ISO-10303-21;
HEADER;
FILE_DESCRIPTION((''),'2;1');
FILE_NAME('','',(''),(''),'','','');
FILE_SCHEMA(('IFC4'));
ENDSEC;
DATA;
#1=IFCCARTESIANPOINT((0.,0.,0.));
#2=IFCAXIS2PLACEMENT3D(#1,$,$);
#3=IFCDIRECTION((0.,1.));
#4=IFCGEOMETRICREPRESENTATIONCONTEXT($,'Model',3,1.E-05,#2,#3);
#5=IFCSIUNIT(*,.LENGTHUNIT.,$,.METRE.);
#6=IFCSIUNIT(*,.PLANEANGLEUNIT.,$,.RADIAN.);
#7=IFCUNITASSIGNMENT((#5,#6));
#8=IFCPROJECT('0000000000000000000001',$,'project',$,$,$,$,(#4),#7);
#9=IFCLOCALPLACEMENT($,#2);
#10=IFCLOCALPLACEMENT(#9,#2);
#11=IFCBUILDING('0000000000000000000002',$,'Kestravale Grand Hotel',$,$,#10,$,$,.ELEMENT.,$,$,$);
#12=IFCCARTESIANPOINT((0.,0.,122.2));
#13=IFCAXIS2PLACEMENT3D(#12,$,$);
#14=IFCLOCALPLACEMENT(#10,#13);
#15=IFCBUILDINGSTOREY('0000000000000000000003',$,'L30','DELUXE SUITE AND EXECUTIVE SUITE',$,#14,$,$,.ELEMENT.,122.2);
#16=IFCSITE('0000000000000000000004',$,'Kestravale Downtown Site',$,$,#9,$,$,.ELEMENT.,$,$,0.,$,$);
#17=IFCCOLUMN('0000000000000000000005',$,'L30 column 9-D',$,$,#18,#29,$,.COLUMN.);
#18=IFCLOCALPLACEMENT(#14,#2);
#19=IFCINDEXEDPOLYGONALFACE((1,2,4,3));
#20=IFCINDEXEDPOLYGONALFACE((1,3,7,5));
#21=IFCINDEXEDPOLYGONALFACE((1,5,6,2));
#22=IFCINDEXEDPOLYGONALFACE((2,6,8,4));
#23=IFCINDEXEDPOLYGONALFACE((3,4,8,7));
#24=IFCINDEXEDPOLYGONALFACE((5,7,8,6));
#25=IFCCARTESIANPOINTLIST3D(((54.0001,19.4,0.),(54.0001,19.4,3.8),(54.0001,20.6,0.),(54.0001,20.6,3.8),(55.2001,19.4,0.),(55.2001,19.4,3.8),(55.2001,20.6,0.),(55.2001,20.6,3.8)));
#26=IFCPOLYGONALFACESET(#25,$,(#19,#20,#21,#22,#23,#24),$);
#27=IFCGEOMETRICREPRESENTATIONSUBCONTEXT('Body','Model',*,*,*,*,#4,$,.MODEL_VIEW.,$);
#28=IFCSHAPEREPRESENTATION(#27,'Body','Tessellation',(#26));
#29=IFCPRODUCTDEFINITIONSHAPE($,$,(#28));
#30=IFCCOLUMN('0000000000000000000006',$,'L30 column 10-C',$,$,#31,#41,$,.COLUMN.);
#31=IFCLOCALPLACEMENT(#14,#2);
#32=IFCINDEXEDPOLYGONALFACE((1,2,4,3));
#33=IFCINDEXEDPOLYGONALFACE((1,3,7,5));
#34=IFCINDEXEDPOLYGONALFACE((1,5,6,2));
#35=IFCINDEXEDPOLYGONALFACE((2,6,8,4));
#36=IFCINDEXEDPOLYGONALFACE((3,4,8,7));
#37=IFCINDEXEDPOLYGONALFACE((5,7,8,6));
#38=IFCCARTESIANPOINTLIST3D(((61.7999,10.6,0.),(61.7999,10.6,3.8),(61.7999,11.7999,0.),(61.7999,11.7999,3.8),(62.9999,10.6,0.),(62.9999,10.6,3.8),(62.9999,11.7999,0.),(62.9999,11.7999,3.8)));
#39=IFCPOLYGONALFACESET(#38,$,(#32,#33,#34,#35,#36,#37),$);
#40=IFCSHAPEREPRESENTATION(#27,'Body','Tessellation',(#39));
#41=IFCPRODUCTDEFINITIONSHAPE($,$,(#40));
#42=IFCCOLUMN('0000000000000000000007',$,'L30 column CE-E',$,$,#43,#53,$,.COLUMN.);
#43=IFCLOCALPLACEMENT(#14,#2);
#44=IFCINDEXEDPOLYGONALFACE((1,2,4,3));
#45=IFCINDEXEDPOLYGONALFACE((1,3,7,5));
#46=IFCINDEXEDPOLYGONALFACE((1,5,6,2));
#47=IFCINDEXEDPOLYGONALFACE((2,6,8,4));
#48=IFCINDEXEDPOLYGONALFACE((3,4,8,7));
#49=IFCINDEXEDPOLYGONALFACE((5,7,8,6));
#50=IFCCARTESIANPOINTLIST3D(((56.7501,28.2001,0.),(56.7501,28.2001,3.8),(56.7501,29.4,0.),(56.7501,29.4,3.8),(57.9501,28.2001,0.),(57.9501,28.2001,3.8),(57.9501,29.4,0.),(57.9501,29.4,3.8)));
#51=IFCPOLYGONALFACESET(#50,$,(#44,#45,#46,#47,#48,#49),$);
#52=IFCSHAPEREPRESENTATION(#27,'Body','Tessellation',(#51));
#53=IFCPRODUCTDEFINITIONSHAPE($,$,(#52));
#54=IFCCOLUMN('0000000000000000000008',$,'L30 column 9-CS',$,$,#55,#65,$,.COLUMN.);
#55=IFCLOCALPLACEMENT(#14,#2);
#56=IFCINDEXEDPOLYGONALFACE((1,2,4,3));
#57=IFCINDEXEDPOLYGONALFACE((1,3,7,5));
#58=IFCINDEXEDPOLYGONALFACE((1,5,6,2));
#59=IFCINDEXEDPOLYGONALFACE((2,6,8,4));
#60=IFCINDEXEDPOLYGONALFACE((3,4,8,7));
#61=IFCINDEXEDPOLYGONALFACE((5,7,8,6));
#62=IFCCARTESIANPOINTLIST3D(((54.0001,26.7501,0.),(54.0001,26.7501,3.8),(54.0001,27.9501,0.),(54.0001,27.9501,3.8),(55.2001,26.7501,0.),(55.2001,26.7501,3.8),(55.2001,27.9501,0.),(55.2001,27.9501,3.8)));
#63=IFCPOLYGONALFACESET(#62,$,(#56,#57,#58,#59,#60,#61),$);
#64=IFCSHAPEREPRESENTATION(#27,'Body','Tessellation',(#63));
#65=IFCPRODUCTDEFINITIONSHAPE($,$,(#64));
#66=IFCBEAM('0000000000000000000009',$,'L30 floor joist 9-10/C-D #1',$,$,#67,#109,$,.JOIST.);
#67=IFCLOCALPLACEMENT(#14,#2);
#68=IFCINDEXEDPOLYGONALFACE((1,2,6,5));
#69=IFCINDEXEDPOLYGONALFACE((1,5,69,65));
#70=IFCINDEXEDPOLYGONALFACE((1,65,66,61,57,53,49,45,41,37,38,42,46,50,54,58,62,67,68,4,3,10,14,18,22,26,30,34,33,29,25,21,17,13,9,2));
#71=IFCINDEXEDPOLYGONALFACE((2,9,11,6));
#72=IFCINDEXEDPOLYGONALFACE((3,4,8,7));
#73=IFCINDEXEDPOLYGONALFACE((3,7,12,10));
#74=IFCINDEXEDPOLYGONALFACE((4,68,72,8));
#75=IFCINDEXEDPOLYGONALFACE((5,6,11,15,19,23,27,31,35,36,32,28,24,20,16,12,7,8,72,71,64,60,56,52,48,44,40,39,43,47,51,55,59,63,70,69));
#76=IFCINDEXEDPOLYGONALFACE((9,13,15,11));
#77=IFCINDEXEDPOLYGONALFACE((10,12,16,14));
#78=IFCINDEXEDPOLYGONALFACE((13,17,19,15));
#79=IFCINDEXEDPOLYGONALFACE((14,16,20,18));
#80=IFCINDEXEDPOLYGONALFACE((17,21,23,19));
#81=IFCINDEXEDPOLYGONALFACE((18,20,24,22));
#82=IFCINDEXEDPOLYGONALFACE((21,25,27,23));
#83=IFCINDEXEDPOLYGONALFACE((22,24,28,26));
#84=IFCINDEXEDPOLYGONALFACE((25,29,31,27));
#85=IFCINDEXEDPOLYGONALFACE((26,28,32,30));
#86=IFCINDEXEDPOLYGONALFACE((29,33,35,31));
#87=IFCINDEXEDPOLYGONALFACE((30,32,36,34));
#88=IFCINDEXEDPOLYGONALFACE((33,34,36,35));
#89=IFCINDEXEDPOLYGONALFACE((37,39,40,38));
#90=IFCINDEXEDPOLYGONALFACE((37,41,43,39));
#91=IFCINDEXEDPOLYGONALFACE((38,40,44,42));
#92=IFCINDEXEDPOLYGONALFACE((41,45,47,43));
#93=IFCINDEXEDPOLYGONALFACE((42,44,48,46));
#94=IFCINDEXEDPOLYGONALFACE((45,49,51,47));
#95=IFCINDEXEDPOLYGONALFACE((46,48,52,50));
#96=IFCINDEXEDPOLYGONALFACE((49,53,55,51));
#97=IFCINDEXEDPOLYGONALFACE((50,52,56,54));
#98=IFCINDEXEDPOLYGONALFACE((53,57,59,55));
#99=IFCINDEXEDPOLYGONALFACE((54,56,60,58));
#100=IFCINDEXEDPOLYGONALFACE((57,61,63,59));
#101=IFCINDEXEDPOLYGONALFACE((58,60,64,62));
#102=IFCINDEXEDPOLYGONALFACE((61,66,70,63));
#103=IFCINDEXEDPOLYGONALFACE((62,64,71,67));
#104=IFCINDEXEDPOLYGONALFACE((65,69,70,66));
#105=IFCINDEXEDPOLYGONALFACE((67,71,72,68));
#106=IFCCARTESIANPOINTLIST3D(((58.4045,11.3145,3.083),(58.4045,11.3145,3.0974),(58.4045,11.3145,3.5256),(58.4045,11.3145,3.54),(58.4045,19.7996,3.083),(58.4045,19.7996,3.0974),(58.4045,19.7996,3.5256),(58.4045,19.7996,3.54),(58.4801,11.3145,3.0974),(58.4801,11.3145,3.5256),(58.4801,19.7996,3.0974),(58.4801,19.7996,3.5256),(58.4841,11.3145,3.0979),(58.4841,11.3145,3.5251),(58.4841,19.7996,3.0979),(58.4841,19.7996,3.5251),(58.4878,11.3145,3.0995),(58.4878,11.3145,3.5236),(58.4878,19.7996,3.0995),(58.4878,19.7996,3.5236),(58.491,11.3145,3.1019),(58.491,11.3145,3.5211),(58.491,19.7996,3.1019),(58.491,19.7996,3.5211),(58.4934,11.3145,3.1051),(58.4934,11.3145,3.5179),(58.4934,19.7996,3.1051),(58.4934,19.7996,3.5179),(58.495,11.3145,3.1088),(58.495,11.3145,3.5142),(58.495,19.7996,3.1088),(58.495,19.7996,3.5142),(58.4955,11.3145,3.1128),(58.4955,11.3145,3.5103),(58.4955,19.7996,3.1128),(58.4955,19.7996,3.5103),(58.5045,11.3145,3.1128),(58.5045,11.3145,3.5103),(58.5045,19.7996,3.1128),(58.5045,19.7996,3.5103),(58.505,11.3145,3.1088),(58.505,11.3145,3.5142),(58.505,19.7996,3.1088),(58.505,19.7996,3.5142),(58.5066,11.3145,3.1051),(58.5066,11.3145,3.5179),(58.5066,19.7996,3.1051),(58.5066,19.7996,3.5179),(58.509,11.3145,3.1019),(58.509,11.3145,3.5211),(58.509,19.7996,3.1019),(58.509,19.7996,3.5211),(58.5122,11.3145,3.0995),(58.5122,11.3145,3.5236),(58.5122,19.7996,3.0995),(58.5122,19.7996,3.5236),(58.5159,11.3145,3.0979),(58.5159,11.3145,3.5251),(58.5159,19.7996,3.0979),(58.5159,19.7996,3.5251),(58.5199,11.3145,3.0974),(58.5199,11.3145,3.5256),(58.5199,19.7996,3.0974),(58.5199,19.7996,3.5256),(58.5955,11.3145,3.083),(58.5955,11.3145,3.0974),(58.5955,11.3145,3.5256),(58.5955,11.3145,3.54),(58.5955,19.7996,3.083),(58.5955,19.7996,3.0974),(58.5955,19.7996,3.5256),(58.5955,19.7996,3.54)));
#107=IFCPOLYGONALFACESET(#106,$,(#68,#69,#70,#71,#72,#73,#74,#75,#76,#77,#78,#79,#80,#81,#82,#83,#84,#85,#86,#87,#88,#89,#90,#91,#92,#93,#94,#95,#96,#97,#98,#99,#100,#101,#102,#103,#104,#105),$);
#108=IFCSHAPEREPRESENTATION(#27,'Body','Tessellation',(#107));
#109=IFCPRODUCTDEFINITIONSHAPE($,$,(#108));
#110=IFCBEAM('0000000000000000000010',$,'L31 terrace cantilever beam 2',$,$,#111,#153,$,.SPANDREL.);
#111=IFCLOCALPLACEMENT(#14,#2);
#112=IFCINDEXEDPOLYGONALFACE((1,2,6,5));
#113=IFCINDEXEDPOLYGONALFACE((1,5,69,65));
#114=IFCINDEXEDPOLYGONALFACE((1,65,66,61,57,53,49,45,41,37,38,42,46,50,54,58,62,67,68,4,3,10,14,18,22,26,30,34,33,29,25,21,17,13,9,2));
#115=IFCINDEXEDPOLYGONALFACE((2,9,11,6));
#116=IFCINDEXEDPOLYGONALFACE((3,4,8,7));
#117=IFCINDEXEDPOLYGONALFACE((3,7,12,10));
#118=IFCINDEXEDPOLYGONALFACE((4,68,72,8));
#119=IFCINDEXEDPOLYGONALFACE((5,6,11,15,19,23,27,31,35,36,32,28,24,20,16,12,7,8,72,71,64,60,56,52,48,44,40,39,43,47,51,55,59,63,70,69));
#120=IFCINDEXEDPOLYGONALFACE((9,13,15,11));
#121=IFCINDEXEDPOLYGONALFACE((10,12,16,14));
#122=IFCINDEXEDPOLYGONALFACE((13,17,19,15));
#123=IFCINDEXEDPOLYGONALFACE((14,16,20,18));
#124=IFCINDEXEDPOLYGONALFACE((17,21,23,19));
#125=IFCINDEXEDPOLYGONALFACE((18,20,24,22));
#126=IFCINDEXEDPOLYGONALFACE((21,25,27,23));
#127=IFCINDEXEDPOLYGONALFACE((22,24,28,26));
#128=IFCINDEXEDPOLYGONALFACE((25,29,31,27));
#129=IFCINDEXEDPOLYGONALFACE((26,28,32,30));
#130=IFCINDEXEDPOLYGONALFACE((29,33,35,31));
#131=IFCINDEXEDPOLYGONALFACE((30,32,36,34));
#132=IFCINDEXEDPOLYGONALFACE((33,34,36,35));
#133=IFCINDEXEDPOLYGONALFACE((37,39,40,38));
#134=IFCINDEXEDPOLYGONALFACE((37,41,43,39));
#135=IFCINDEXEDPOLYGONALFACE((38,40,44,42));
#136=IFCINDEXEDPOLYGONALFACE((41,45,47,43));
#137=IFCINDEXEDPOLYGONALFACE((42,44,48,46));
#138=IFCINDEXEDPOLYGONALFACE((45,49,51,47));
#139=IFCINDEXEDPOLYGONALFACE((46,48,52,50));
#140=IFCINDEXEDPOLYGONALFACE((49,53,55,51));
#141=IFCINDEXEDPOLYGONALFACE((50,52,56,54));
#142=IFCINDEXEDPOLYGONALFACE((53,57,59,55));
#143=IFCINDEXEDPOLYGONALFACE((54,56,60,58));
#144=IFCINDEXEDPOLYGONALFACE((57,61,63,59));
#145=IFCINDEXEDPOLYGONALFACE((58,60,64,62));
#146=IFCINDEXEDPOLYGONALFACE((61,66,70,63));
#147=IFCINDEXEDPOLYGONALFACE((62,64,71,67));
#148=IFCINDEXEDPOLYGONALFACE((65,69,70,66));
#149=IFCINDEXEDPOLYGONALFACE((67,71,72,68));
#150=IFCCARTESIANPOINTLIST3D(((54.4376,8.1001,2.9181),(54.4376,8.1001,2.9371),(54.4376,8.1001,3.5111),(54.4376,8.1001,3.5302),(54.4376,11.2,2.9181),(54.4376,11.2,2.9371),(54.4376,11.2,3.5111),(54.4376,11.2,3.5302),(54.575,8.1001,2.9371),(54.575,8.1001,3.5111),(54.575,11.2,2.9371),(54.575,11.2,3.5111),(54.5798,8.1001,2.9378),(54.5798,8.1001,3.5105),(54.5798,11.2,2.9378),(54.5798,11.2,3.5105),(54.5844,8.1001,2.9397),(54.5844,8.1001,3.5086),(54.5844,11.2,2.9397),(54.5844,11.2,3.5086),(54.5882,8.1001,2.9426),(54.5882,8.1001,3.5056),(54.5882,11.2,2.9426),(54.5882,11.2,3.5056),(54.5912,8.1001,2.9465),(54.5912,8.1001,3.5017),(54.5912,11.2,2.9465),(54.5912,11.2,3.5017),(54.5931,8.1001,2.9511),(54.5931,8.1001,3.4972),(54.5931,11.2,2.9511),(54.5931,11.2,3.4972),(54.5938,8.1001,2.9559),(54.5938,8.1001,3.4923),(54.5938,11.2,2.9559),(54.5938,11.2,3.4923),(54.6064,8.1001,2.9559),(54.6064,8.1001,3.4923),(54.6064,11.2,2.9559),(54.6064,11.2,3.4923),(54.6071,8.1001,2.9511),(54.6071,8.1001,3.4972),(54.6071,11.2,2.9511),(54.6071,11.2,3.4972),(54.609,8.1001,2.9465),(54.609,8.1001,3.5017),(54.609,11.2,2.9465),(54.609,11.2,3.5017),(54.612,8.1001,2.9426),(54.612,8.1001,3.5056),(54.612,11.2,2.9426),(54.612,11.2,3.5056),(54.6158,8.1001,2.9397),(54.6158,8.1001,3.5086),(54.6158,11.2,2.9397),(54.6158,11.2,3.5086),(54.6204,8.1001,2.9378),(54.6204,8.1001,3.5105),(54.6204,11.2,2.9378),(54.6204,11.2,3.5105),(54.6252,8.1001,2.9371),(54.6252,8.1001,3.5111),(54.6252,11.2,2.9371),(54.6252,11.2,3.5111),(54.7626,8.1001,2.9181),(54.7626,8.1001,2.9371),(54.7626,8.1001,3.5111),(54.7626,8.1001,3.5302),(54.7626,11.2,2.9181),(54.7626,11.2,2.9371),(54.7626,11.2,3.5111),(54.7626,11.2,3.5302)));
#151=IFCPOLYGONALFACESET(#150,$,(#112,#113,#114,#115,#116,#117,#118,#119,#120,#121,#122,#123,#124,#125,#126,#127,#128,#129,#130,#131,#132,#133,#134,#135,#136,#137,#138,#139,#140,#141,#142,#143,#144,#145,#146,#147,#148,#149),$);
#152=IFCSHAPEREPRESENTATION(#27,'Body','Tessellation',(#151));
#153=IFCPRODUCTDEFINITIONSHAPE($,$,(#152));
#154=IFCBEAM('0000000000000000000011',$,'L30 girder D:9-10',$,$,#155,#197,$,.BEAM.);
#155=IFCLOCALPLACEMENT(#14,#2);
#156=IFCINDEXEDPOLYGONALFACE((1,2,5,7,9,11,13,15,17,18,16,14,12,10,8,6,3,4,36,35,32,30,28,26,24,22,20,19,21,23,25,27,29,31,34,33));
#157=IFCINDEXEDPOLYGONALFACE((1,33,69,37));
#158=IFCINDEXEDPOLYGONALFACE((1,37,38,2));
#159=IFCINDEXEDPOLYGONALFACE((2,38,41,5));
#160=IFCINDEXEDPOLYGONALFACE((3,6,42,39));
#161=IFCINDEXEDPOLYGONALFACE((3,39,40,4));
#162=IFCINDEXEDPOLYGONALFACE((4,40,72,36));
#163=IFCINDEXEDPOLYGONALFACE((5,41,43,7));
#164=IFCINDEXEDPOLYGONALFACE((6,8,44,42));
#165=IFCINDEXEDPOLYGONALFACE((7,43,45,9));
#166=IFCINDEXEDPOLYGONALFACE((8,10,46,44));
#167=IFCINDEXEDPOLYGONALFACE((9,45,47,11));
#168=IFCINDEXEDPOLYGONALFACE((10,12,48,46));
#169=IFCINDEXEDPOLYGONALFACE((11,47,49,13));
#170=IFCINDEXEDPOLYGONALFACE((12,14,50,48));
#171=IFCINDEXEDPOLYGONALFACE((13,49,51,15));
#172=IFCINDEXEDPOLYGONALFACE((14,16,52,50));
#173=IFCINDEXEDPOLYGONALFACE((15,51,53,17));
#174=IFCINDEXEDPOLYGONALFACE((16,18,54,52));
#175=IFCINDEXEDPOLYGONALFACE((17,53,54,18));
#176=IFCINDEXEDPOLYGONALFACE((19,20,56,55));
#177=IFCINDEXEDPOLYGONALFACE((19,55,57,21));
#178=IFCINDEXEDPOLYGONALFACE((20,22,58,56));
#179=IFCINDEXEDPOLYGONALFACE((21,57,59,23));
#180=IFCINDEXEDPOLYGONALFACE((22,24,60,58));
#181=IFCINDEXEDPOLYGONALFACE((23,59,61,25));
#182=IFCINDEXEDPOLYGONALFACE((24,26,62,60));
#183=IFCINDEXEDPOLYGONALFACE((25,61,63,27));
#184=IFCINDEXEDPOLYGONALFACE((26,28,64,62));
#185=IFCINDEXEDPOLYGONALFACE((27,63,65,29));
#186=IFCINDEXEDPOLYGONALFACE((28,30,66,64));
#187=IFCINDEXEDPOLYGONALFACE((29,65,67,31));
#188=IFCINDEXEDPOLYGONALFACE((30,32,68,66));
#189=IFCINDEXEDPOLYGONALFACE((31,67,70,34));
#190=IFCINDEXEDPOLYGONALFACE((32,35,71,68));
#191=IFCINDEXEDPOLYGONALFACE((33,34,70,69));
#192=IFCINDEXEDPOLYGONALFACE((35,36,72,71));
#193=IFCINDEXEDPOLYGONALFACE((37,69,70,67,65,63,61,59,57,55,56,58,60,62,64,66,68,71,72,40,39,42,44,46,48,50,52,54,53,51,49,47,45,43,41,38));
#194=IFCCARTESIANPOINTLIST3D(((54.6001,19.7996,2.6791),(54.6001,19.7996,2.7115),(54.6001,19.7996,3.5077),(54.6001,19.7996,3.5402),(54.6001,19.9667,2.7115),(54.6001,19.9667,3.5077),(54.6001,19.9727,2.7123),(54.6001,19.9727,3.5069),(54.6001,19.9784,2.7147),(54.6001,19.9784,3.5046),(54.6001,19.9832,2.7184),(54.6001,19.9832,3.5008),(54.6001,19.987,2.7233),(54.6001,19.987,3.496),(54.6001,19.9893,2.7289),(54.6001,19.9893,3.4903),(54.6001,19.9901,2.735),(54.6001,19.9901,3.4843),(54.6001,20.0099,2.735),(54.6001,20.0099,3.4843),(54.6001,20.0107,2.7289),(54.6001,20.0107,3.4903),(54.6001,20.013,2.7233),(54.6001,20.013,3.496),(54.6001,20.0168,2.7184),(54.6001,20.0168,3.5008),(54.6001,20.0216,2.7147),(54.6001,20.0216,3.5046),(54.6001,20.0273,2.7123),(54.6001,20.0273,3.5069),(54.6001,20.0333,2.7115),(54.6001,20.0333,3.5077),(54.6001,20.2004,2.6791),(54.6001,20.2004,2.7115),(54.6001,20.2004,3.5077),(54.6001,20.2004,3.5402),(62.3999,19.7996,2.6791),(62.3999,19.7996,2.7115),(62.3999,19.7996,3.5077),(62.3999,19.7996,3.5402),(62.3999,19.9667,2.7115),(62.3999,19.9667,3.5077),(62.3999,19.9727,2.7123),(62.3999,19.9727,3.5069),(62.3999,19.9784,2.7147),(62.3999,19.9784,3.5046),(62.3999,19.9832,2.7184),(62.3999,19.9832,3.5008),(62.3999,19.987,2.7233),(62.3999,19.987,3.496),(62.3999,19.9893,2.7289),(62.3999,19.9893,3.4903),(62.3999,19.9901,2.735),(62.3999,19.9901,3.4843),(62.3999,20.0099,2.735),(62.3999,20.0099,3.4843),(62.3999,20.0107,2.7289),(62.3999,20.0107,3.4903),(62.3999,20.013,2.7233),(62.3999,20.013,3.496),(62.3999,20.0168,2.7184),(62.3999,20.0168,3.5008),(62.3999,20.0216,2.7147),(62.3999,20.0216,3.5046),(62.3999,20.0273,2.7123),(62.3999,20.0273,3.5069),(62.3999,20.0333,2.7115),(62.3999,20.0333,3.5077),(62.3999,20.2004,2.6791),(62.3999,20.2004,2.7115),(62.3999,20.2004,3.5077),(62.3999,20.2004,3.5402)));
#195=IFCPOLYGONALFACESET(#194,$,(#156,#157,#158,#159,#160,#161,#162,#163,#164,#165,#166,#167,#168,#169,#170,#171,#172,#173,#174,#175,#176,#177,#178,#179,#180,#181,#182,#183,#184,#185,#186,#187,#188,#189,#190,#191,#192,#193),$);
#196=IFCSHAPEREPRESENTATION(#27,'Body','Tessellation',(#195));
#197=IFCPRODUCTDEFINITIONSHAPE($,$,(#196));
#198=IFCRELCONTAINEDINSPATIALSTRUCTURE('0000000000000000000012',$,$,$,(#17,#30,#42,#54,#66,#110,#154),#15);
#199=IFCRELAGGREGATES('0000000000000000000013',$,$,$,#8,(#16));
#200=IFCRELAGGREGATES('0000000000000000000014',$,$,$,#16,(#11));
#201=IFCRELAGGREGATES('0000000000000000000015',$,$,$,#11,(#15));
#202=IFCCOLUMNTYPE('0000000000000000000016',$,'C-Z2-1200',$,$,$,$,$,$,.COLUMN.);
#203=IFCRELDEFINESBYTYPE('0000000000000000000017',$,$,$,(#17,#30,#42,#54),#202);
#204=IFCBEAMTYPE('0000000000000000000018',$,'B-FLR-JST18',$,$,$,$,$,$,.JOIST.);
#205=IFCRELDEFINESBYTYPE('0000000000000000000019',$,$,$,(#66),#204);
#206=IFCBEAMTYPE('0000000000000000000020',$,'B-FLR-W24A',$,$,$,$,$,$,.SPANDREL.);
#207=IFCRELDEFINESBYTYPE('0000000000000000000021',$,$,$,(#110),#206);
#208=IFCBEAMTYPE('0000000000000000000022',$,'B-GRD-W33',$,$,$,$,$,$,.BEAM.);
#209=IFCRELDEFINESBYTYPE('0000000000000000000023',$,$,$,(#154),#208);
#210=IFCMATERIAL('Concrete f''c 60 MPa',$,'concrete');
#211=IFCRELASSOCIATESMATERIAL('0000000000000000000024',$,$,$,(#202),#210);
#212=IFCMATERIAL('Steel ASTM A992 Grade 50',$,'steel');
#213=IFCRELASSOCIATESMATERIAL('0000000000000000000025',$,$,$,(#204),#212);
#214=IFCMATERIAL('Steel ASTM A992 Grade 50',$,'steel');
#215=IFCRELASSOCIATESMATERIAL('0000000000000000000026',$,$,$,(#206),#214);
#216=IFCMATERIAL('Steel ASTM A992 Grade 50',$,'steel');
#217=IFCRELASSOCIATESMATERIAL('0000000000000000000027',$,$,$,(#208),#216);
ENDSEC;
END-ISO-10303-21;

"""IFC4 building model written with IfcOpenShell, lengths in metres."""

from ifc_helpers import new_model, si_unit, direction, frame, origin, origin_2d, place, context, subcontext, project, spatial, rectangle, i_section, extrude, material, material_profile, profile_set, type_object, element, save


model = new_model("IFC4")

# Units and contexts
model_context = context("Model", 3, precision=1e-05, world=origin(), true_north=direction((0.0, 1.0)))
body_context = subcontext(model_context, "Body", "Model", "MODEL_VIEW")
ifc_project = project(units=[si_unit("LENGTHUNIT", "METRE"), si_unit("PLANEANGLEUNIT", "RADIAN")], contexts=[model_context])

# Site, building, storey
site_placement = place(None, origin())
site = spatial("IfcSite", under=ifc_project, at=site_placement, Name="Kestravale Downtown Site", CompositionType="ELEMENT", RefElevation=0.0)
building_placement = place(site_placement, origin())
building = spatial("IfcBuilding", under=site, at=building_placement, Name="Kestravale Grand Hotel", CompositionType="ELEMENT")
storey_placement = place(building_placement, frame((0.0, 0.0, 122.2)))
storey = spatial("IfcBuildingStorey", under=building, at=storey_placement, Name="L30", Description="DELUXE SUITE AND EXECUTIVE SUITE", CompositionType="ELEMENT", Elevation=122.2)

# Columns
ifc_material_1 = material(Name="Concrete f'c 60 MPa", Category="concrete")
ifc_material_profile_1 = material_profile(ifc_material_1, rectangle(XDim=1.2, YDim=1.2, at=origin_2d()))
ifc_profile_set_1 = profile_set([ifc_material_profile_1], Name="Concrete f'c 60 MPa")
column_type = type_object("IfcColumnType", Name="C-Z2-1200", PredefinedType="COLUMN", material=ifc_profile_set_1)
for number, where, z_axis, x_axis, name in (
    (1, (54.6001, 20.0, 0.0), (0.0, 0.0, 1.0), (1.0, 0.0, 0.0), "L30 column 9-D"),
    (2, (62.3999, 11.2, 0.0), (0.0, 0.0, 1.0), (1.0, 0.0, 0.0), "L30 column 10-C"),
    (3, (57.3501, 28.8, 0.0), (0.0, 0.0, 1.0), (1.0, 0.0, 0.0), "L30 column CE-E"),
    (4, (54.6001, 27.3501, 0.0), (0.0, 0.0, 1.0), (1.0, 0.0, 0.0), "L30 column 9-CS"),
):
    element("IfcColumn", number, at=place(storey_placement, frame(where, z_axis=z_axis, x_axis=x_axis)), inside=storey, type_object=column_type, Name=name, PredefinedType="COLUMN", context=body_context, shape_type="SweptSolid", body=[
        extrude(rectangle(XDim=1.2, YDim=1.2, at=origin_2d()), origin(), (0.0, 0.0, 1.0), 3.8),
    ])

# Beams
ifc_material_2 = material(Name="Steel ASTM A992 Grade 50", Category="steel")
ifc_material_profile_2 = material_profile(ifc_material_2, i_section(OverallWidth=0.1909, OverallDepth=0.457, WebThickness=0.009, FlangeThickness=0.0144, FilletRadius=0.0154, at=origin_2d()))
ifc_profile_set_2 = profile_set([ifc_material_profile_2], Name="Steel ASTM A992 Grade 50")
beam_type_1 = type_object("IfcBeamType", Name="B-FLR-JST18", PredefinedType="JOIST", material=ifc_profile_set_2)
beam_1_placement = place(storey_placement, frame((58.5, 11.3145, 3.3115), z_axis=(0.0, 1.0, 0.0), x_axis=(-1.0, 0.0, 0.0)))
element("IfcBeam", 5, at=beam_1_placement, inside=storey, type_object=beam_type_1, Name="L30 floor joist 9-10/C-D #1", PredefinedType="JOIST", context=body_context, shape_type="SweptSolid", body=[
    extrude(i_section(OverallWidth=0.1909, OverallDepth=0.457, WebThickness=0.009, FlangeThickness=0.0144, FilletRadius=0.0154, at=origin_2d()), origin(), (0.0, 0.0, 1.0), 8.4851),
])
ifc_material_3 = material(Name="Steel ASTM A992 Grade 50", Category="steel")
ifc_material_profile_3 = material_profile(ifc_material_3, i_section(OverallWidth=0.325, OverallDepth=0.6121, WebThickness=0.0127, FlangeThickness=0.019, FilletRadius=0.0188, at=origin_2d()))
ifc_profile_set_3 = profile_set([ifc_material_profile_3], Name="Steel ASTM A992 Grade 50")
beam_type_2 = type_object("IfcBeamType", Name="B-FLR-W24A", PredefinedType="SPANDREL", material=ifc_profile_set_3)
beam_2_placement = place(storey_placement, frame((54.6001, 11.2, 3.2241), z_axis=(0.0, -1.0, 0.0), x_axis=(1.0, 0.0, 0.0)))
element("IfcBeam", 6, at=beam_2_placement, inside=storey, type_object=beam_type_2, Name="L31 terrace cantilever beam 2", PredefinedType="SPANDREL", context=body_context, shape_type="SweptSolid", body=[
    extrude(i_section(OverallWidth=0.325, OverallDepth=0.6121, WebThickness=0.0127, FlangeThickness=0.019, FilletRadius=0.0188, at=origin_2d()), origin(), (0.0, 0.0, 1.0), 3.0999),
])
ifc_material_4 = material(Name="Steel ASTM A992 Grade 50", Category="steel")
ifc_material_profile_4 = material_profile(ifc_material_4, i_section(OverallWidth=0.4009, OverallDepth=0.8611, WebThickness=0.0198, FlangeThickness=0.0325, FilletRadius=0.0234, at=origin_2d()))
ifc_profile_set_4 = profile_set([ifc_material_profile_4], Name="Steel ASTM A992 Grade 50")
beam_type_3 = type_object("IfcBeamType", Name="B-GRD-W33", PredefinedType="BEAM", material=ifc_profile_set_4)
beam_3_placement = place(storey_placement, frame((54.6001, 20.0, 3.1096), z_axis=(1.0, 0.0, 0.0), x_axis=(0.0, 1.0, 0.0)))
element("IfcBeam", 7, at=beam_3_placement, inside=storey, type_object=beam_type_3, Name="L30 girder D:9-10", PredefinedType="BEAM", context=body_context, shape_type="SweptSolid", body=[
    extrude(i_section(OverallWidth=0.4009, OverallDepth=0.8611, WebThickness=0.0198, FlangeThickness=0.0325, FilletRadius=0.0234, at=origin_2d()), origin(), (0.0, 0.0, 1.0), 7.7998),
])

save(model, "model.ifc")
